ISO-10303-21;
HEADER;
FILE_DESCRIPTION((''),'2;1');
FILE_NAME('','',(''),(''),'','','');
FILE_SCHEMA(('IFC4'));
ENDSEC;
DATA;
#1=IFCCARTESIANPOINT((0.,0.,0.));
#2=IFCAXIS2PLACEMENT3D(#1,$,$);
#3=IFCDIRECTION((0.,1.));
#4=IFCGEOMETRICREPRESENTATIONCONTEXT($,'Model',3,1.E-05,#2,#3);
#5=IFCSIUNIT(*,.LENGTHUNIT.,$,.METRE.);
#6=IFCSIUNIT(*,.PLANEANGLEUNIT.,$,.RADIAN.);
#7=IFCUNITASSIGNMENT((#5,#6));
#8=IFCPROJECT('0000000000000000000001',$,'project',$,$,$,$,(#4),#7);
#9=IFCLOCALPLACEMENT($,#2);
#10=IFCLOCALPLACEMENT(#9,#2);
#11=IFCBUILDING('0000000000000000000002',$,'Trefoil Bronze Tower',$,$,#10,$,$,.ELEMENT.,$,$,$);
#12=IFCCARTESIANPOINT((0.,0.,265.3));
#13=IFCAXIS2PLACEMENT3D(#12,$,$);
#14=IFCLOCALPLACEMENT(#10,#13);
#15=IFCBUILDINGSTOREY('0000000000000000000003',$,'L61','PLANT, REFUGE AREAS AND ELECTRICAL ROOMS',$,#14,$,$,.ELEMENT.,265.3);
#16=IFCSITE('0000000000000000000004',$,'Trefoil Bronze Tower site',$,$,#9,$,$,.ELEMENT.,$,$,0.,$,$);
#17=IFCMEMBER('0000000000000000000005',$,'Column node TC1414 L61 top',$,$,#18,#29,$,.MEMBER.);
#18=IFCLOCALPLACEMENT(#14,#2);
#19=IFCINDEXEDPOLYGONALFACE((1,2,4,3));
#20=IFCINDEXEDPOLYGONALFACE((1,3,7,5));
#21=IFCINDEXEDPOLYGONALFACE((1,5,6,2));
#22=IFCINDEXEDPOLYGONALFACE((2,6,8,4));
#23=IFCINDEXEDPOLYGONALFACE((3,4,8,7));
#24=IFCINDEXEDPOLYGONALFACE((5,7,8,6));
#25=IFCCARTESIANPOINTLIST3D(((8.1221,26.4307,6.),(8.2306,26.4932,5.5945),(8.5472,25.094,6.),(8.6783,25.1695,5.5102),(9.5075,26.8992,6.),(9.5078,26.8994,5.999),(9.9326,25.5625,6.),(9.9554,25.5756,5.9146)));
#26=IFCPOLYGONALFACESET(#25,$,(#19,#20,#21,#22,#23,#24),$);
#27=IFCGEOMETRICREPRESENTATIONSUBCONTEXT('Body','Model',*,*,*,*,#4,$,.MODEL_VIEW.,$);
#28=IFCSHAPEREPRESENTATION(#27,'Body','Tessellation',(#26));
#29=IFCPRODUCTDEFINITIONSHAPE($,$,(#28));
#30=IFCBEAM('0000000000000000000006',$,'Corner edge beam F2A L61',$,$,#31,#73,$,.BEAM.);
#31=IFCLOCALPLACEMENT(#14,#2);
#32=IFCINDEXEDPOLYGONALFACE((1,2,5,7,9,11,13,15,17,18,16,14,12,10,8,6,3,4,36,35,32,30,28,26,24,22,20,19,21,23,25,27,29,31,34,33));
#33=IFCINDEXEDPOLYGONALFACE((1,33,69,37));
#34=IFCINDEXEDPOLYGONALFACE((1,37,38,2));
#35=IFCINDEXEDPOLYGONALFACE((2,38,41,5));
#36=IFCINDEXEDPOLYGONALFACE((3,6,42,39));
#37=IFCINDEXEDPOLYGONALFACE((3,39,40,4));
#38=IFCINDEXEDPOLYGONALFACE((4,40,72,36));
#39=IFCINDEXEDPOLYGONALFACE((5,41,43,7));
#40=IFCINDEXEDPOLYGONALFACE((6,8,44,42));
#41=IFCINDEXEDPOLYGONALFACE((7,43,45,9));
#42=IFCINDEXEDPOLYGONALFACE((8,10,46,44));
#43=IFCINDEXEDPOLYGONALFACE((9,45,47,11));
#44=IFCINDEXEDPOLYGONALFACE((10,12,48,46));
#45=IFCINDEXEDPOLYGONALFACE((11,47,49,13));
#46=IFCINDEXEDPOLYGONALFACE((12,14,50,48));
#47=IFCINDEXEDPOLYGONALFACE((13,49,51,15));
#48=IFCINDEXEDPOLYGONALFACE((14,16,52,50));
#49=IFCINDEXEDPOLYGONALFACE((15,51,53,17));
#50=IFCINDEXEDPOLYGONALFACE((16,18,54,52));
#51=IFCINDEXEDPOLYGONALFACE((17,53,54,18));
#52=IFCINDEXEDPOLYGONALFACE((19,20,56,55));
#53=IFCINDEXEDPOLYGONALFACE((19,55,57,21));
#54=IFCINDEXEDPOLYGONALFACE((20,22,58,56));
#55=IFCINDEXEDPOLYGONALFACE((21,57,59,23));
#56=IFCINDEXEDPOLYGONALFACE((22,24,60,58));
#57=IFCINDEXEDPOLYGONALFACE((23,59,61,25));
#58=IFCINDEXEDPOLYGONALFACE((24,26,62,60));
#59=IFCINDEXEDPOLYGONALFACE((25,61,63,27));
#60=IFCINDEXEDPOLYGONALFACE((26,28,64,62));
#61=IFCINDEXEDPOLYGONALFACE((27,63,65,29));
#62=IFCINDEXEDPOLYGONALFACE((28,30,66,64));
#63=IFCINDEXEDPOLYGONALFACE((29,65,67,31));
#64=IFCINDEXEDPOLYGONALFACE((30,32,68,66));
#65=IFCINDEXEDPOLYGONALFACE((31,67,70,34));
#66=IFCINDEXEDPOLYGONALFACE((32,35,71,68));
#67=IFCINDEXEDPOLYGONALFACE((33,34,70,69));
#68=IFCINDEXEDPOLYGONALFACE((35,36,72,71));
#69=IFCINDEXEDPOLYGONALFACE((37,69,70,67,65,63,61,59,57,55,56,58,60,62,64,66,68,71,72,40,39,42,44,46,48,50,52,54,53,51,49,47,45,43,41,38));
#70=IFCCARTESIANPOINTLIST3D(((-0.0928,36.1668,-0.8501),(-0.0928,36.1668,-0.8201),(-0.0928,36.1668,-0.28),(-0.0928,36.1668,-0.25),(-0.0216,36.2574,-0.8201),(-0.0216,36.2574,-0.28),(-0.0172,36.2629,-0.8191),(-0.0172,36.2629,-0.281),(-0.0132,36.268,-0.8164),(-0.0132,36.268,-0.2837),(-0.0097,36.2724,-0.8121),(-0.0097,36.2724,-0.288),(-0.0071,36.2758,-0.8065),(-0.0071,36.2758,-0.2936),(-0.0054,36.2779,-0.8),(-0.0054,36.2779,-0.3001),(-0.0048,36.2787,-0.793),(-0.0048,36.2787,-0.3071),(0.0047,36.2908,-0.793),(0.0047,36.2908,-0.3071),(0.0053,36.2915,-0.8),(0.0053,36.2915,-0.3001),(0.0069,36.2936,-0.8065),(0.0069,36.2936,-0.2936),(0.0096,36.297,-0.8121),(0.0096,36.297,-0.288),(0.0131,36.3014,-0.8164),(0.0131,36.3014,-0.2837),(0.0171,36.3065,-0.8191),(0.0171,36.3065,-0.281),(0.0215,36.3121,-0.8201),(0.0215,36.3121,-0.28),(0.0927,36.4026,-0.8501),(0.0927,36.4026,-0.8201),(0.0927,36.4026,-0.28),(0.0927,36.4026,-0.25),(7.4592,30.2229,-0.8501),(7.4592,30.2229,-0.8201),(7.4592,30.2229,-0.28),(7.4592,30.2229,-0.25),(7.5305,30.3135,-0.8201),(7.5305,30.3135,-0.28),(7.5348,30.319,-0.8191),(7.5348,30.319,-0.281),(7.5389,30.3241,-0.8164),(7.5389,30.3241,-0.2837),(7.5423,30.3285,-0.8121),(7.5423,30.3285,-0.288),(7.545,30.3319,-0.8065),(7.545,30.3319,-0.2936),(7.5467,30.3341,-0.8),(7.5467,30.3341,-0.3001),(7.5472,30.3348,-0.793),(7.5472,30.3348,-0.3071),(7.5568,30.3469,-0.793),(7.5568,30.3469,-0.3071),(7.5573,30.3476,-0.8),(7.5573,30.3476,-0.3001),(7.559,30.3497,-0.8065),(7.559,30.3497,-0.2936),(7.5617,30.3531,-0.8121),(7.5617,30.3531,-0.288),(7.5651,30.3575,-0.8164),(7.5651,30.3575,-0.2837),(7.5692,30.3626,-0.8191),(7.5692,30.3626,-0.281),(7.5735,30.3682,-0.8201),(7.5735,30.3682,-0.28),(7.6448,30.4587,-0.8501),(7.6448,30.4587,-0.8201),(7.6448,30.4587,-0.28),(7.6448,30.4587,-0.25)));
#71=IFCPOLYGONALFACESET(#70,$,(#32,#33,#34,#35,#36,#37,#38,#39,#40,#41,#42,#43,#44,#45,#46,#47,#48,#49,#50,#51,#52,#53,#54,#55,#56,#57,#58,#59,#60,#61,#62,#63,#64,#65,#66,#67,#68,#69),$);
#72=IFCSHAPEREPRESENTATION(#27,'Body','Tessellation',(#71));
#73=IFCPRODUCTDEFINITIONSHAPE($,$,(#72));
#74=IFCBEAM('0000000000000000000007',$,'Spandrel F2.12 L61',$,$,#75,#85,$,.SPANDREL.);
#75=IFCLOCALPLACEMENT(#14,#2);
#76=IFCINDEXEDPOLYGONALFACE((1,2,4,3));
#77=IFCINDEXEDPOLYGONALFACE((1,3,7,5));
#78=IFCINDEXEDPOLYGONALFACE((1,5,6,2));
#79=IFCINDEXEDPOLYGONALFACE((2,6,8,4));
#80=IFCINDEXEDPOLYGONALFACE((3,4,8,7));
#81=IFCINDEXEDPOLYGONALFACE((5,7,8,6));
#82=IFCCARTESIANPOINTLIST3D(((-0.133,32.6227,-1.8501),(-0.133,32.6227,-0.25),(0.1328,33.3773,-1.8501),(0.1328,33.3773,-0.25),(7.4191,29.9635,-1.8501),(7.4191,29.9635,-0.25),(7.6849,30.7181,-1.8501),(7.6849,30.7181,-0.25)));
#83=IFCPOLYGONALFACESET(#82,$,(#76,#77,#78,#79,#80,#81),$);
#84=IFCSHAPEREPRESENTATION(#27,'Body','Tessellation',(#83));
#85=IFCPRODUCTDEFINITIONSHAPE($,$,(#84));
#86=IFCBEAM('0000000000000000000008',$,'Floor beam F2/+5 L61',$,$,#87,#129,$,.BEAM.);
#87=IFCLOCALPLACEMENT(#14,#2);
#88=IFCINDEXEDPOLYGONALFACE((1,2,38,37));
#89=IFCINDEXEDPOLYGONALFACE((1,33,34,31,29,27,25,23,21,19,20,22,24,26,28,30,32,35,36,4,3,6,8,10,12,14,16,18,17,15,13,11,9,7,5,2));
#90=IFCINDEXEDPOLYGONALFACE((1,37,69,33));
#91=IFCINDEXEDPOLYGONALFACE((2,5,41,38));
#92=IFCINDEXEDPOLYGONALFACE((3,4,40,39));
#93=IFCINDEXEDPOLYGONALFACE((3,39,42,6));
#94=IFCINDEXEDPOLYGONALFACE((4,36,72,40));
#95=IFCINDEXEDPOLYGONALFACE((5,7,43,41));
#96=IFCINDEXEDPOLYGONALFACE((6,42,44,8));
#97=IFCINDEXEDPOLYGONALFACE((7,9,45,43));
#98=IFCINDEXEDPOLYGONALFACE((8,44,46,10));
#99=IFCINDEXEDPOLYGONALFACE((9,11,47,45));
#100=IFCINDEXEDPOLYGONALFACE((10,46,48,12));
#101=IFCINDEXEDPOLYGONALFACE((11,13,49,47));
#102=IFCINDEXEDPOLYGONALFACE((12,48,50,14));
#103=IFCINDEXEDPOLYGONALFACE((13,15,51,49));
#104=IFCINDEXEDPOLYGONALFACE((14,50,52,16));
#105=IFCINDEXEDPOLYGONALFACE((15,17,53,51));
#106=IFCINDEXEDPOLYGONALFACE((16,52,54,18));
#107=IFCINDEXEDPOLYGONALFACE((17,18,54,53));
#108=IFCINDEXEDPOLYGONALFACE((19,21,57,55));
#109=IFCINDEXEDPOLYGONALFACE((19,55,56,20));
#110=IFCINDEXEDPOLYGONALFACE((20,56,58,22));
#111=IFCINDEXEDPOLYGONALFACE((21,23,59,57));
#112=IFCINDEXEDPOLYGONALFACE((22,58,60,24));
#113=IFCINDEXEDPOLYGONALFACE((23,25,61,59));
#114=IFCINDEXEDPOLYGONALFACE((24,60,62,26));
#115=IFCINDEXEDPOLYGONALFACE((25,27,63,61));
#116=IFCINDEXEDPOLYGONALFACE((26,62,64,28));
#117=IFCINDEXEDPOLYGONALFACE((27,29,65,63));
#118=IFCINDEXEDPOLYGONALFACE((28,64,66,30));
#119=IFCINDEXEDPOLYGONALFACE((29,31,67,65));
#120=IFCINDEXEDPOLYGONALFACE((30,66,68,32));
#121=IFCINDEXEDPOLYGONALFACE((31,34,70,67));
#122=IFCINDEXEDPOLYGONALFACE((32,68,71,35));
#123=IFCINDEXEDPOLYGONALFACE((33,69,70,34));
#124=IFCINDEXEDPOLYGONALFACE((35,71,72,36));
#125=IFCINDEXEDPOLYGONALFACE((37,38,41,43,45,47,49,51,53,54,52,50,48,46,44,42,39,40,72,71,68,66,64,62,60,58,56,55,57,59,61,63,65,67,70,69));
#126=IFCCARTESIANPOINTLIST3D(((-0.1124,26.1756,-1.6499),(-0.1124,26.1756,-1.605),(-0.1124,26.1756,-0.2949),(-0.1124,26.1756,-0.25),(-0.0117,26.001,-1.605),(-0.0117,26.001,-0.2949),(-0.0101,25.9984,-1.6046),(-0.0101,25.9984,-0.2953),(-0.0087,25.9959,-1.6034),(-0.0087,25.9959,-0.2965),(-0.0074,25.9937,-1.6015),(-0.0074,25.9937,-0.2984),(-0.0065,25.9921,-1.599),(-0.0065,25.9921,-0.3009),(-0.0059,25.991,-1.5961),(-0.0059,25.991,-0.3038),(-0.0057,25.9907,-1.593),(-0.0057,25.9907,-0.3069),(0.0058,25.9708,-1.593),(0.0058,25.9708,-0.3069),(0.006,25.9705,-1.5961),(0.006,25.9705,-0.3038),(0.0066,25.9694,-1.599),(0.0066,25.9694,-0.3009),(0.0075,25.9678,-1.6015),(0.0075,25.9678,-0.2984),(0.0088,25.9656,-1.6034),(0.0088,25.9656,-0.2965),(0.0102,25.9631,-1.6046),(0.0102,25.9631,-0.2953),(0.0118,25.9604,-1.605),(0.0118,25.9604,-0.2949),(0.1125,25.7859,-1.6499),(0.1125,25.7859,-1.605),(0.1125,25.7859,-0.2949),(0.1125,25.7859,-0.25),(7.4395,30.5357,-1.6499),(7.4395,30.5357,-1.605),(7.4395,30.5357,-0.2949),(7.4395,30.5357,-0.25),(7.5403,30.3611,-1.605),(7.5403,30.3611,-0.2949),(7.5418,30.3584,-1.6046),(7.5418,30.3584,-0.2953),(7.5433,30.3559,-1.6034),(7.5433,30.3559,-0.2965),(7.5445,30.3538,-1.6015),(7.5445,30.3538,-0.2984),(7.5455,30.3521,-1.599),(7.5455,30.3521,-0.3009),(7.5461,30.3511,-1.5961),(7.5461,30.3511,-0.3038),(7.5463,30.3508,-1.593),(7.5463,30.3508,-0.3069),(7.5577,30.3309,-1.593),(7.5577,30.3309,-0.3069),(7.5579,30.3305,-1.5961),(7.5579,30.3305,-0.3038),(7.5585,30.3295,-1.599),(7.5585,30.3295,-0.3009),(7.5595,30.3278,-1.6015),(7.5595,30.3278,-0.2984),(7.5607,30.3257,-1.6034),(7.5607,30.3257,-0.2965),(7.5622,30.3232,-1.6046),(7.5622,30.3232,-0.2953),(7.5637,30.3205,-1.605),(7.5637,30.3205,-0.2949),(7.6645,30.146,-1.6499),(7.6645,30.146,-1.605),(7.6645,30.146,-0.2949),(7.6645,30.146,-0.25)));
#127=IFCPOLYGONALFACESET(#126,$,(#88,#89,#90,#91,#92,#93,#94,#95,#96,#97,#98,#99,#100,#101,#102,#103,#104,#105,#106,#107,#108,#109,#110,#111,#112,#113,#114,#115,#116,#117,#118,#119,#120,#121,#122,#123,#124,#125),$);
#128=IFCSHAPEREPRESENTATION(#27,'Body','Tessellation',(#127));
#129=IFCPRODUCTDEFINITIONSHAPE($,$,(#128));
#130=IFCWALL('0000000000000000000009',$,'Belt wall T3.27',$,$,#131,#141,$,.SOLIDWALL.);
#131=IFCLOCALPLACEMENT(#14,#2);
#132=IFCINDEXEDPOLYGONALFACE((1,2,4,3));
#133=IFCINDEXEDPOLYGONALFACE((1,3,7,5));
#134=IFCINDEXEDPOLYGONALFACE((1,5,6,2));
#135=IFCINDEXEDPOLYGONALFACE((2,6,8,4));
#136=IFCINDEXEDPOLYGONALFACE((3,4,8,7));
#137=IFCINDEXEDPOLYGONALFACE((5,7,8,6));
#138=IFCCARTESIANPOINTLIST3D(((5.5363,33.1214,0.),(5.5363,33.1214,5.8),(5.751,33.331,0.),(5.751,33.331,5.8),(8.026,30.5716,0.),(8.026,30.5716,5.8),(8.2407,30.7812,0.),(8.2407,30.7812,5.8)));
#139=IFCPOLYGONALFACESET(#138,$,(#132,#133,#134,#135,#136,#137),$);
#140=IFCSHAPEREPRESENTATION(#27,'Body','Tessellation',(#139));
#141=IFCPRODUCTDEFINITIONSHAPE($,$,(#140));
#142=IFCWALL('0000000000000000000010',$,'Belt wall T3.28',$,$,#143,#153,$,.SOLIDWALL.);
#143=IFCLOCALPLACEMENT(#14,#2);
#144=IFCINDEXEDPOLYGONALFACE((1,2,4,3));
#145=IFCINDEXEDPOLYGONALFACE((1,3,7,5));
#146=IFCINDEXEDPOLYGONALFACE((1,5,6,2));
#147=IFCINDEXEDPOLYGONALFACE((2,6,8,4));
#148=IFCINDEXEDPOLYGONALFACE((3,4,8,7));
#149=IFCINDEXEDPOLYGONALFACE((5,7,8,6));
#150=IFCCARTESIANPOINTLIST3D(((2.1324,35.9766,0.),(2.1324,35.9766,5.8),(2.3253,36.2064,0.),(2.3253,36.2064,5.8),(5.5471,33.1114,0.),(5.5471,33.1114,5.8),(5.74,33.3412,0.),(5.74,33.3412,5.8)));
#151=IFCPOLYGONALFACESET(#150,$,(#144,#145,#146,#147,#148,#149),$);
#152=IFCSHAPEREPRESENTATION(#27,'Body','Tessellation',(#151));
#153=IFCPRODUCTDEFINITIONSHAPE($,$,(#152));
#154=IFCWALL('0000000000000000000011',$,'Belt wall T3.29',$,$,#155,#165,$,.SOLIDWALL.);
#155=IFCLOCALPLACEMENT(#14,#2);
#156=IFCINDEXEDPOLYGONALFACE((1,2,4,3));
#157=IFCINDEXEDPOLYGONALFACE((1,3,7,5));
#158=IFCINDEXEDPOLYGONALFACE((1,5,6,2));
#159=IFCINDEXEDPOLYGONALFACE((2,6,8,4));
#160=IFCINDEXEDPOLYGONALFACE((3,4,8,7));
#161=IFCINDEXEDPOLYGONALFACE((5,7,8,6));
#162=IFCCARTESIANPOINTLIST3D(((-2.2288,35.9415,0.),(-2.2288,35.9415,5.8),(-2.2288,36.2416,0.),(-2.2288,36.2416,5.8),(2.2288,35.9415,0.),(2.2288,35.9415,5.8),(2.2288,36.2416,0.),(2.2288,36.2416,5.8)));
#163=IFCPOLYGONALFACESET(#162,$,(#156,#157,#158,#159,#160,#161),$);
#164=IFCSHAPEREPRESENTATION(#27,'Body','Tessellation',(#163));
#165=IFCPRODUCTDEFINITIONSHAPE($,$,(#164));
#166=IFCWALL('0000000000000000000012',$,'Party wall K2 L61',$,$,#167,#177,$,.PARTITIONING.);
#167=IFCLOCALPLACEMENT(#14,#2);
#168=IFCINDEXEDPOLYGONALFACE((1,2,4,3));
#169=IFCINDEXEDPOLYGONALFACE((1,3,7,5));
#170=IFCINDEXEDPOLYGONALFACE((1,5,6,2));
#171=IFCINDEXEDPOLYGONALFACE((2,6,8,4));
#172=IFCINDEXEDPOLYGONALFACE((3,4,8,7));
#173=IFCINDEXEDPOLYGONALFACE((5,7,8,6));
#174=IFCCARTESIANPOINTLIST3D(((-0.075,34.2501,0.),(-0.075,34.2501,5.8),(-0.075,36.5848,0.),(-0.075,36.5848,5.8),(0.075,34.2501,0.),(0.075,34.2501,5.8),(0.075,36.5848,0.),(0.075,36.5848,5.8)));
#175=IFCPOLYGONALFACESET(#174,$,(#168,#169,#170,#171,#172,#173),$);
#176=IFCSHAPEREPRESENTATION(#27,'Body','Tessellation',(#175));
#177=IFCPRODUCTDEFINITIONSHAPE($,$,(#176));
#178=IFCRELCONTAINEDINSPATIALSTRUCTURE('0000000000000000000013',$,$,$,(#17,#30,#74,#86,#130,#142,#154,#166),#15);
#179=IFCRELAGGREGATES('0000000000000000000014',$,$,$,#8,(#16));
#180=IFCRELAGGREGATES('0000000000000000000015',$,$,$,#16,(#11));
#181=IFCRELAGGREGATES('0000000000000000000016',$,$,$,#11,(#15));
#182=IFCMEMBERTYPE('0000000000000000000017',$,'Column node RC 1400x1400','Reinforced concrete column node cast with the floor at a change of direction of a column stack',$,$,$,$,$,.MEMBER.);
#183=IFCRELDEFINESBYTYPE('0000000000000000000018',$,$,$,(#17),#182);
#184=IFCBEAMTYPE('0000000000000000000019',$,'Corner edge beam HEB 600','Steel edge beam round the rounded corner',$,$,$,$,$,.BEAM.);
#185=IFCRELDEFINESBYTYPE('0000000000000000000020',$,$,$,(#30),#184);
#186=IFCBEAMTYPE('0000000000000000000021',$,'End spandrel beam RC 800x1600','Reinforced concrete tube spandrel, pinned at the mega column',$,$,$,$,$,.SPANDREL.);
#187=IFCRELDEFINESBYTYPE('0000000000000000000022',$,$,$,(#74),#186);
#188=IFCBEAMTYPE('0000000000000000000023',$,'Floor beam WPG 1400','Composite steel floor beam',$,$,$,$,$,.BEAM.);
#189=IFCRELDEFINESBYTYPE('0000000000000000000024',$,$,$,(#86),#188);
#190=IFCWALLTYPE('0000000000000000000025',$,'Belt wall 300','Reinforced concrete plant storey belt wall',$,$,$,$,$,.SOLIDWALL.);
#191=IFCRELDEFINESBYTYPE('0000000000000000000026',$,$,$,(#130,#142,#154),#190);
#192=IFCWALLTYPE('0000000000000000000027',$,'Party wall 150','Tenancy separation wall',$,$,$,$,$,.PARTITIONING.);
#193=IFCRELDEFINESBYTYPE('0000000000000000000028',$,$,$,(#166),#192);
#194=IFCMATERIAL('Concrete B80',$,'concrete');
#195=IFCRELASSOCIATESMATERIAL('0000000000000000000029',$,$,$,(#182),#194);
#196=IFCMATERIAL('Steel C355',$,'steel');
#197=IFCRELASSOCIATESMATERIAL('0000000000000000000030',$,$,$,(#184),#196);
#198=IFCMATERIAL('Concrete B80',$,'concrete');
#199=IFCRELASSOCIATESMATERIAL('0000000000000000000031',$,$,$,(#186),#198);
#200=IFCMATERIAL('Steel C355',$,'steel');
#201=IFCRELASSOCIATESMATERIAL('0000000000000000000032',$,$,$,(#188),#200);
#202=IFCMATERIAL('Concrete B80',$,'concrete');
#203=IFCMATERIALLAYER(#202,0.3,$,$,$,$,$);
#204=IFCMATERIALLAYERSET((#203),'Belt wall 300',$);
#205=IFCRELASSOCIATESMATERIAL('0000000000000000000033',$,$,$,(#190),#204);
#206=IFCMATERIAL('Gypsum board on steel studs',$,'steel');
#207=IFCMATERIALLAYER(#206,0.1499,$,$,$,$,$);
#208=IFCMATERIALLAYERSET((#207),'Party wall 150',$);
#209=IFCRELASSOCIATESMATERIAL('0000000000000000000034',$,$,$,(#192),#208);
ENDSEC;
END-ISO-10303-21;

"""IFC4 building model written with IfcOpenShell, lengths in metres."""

from ifc_helpers import new_model, si_unit, direction, frame, frame_2d, origin, origin_2d, place, context, subcontext, project, spatial, rectangle, i_section, extrude, clip, halfspace, material, layer, layer_set, material_profile, profile_set, type_object, element, save


model = new_model("IFC4")

# Units and contexts
model_context = context("Model", 3, precision=1e-05, world=origin(), true_north=direction((0.0, 1.0)))
body_context = subcontext(model_context, "Body", "Model", "MODEL_VIEW")
ifc_project = project(units=[si_unit("LENGTHUNIT", "METRE"), si_unit("PLANEANGLEUNIT", "RADIAN")], contexts=[model_context])

# Site, building, storey
site_placement = place(None, origin())
site = spatial("IfcSite", under=ifc_project, at=site_placement, Name="Trefoil Bronze Tower site", CompositionType="ELEMENT", RefElevation=0.0)
building_placement = place(site_placement, origin())
building = spatial("IfcBuilding", under=site, at=building_placement, Name="Trefoil Bronze Tower", CompositionType="ELEMENT")
storey_placement = place(building_placement, frame((0.0, 0.0, 265.3)))
storey = spatial("IfcBuildingStorey", under=building, at=storey_placement, Name="L61", Description="PLANT, REFUGE AREAS AND ELECTRICAL ROOMS", CompositionType="ELEMENT", Elevation=265.3)

# Member
ifc_material_1 = material(Name="Concrete B80", Category="concrete")
ifc_material_profile_1 = material_profile(ifc_material_1, rectangle(XDim=1.3999, YDim=1.3999, at=origin_2d()), Name="RC 1400x1400")
ifc_profile_set_1 = profile_set([ifc_material_profile_1], Name="Concrete B80")
member_type = type_object("IfcMemberType", Name="Column node RC 1400x1400", Description="Reinforced concrete column node cast with the floor at a change of direction of a column stack", PredefinedType="MEMBER", material=ifc_profile_set_1)
member_placement = place(storey_placement, frame((8.9617, 25.9587, 6.2454), z_axis=(0.255737, 0.147358, -0.95545), x_axis=(0.319767, -0.945579, -0.060246)))
element("IfcMember", 1, at=member_placement, inside=storey, type_object=member_type, Name="Column node TC1414 L61 top", PredefinedType="MEMBER", context=body_context, shape_type="Clipping", body=[
    clip(extrude(rectangle(XDim=1.3999, YDim=1.3999, at=origin_2d()), origin(), (0.0, 0.0, 1.0), 0.5137), halfspace(frame((0.0, 0.0, 0.2568), z_axis=(0.060246, 0.28894, 0.95545), x_axis=(0.0, 0.957188, -0.289466)), True)),
])

# Beams
ifc_material_2 = material(Name="Steel C355", Category="steel")
ifc_material_profile_2 = material_profile(ifc_material_2, i_section(OverallWidth=0.3, OverallDepth=0.6001, WebThickness=0.0154, FlangeThickness=0.03, FilletRadius=0.0271, at=origin_2d()), Name="HEB 600")
ifc_profile_set_2 = profile_set([ifc_material_profile_2], Name="Steel C355")
beam_type_1 = type_object("IfcBeamType", Name="Corner edge beam HEB 600", Description="Steel edge beam round the rounded corner", PredefinedType="BEAM", material=ifc_profile_set_2)
beam_1_placement = place(storey_placement, frame((7.552, 30.3408, -0.55), z_axis=(-0.785806, 0.618473, 0.0), x_axis=(-0.618473, -0.785806, 0.0)))
element("IfcBeam", 2, at=beam_1_placement, inside=storey, type_object=beam_type_1, Name="Corner edge beam F2A L61", PredefinedType="BEAM", context=body_context, shape_type="SweptSolid", body=[
    extrude(i_section(OverallWidth=0.3, OverallDepth=0.6001, WebThickness=0.0154, FlangeThickness=0.03, FilletRadius=0.0271, at=origin_2d()), origin(), (0.0, 0.0, 1.0), 9.6106),
])
ifc_material_3 = material(Name="Concrete B80", Category="concrete")
ifc_material_profile_3 = material_profile(ifc_material_3, rectangle(XDim=0.8, YDim=1.6001, at=origin_2d()), Name="RC 800x1600")
ifc_profile_set_3 = profile_set([ifc_material_profile_3], Name="Concrete B80")
beam_type_2 = type_object("IfcBeamType", Name="End spandrel beam RC 800x1600", Description="Reinforced concrete tube spandrel, pinned at the mega column", PredefinedType="SPANDREL", material=ifc_profile_set_3)
beam_2_placement = place(storey_placement, frame((7.552, 30.3408, -1.05), z_axis=(-0.943234, 0.332128, 0.0), x_axis=(-0.332128, -0.943234, 0.0)))
element("IfcBeam", 3, at=beam_2_placement, inside=storey, type_object=beam_type_2, Name="Spandrel F2.12 L61", PredefinedType="SPANDREL", context=body_context, shape_type="SweptSolid", body=[
    extrude(rectangle(XDim=0.8, YDim=1.6001, at=origin_2d()), origin(), (0.0, 0.0, 1.0), 8.0066),
])
ifc_material_4 = material(Name="Steel C355", Category="steel")
ifc_material_profile_4 = material_profile(ifc_material_4, i_section(OverallWidth=0.45, OverallDepth=1.3999, WebThickness=0.0229, FlangeThickness=0.0449, FilletRadius=0.012, at=origin_2d()), Name="WPG 1400")
ifc_profile_set_4 = profile_set([ifc_material_profile_4], Name="Steel C355")
beam_type_3 = type_object("IfcBeamType", Name="Floor beam WPG 1400", Description="Composite steel floor beam", PredefinedType="BEAM", material=ifc_profile_set_4)
beam_3_placement = place(storey_placement, frame((7.552, 30.3408, -0.95), z_axis=(-0.866028, -0.499996, 0.0), x_axis=(0.499996, -0.866028, 0.0)))
element("IfcBeam", 4, at=beam_3_placement, inside=storey, type_object=beam_type_3, Name="Floor beam F2/+5 L61", PredefinedType="BEAM", context=body_context, shape_type="SweptSolid", body=[
    extrude(i_section(OverallWidth=0.45, OverallDepth=1.3999, WebThickness=0.0229, FlangeThickness=0.0449, FilletRadius=0.012, at=origin_2d()), origin(), (0.0, 0.0, 1.0), 8.7202),
])

# Walls
ifc_material_5 = material(Name="Concrete B80", Category="concrete")
ifc_layer_1 = layer(ifc_material_5, 0.3)
ifc_layer_set_1 = layer_set([ifc_layer_1], Name="Belt wall 300")
wall_type_1 = type_object("IfcWallType", Name="Belt wall 300", Description="Reinforced concrete plant storey belt wall", PredefinedType="SOLIDWALL", material=ifc_layer_set_1)
wall_1_placement = place(storey_placement, frame((8.1333, 30.6765, 0.0), z_axis=(0.0, 0.0, 1.0), x_axis=(-0.69863, 0.715483, 0.0)))
element("IfcWall", 5, at=wall_1_placement, inside=storey, type_object=wall_type_1, Name="Belt wall T3.27", PredefinedType="SOLIDWALL", context=body_context, shape_type="SweptSolid", body=[
    extrude(rectangle(XDim=3.5637, YDim=0.3, at=frame_2d((1.7817, 0.0))), origin(), (0.0, 0.0, 1.0), 5.8),
])
for number, where, z_axis, x_axis, name in (
    (6, (5.6436, 33.2263, 0.0), (0.0, 0.0, 1.0), (-0.766058, 0.642772, 0.0), "Belt wall T3.28"),
    (7, (2.2288, 36.0916, 0.0), (0.0, 0.0, 1.0), (-1.0, 0.0, 0.0), "Belt wall T3.29"),
):
    element("IfcWall", number, at=place(storey_placement, frame(where, z_axis=z_axis, x_axis=x_axis)), inside=storey, type_object=wall_type_1, Name=name, PredefinedType="SOLIDWALL", context=body_context, shape_type="SweptSolid", body=[
        extrude(rectangle(XDim=4.4575, YDim=0.3, at=frame_2d((2.2288, 0.0))), origin(), (0.0, 0.0, 1.0), 5.8),
    ])
ifc_material_6 = material(Name="Gypsum board on steel studs", Category="steel")
ifc_layer_2 = layer(ifc_material_6, 0.1499)
ifc_layer_set_2 = layer_set([ifc_layer_2], Name="Party wall 150")
wall_type_2 = type_object("IfcWallType", Name="Party wall 150", Description="Tenancy separation wall", PredefinedType="PARTITIONING", material=ifc_layer_set_2)
wall_2_placement = place(storey_placement, frame((0.0, 34.25, 0.0), z_axis=(0.0, 0.0, 1.0), x_axis=(0.0, 1.0, 0.0)))
element("IfcWall", 8, at=wall_2_placement, inside=storey, type_object=wall_type_2, Name="Party wall K2 L61", PredefinedType="PARTITIONING", context=body_context, shape_type="SweptSolid", body=[
    extrude(rectangle(XDim=2.3347, YDim=0.1499, at=frame_2d((1.1675, 0.0))), origin(), (0.0, 0.0, 1.0), 5.8),
])

save(model, "model.ifc")
